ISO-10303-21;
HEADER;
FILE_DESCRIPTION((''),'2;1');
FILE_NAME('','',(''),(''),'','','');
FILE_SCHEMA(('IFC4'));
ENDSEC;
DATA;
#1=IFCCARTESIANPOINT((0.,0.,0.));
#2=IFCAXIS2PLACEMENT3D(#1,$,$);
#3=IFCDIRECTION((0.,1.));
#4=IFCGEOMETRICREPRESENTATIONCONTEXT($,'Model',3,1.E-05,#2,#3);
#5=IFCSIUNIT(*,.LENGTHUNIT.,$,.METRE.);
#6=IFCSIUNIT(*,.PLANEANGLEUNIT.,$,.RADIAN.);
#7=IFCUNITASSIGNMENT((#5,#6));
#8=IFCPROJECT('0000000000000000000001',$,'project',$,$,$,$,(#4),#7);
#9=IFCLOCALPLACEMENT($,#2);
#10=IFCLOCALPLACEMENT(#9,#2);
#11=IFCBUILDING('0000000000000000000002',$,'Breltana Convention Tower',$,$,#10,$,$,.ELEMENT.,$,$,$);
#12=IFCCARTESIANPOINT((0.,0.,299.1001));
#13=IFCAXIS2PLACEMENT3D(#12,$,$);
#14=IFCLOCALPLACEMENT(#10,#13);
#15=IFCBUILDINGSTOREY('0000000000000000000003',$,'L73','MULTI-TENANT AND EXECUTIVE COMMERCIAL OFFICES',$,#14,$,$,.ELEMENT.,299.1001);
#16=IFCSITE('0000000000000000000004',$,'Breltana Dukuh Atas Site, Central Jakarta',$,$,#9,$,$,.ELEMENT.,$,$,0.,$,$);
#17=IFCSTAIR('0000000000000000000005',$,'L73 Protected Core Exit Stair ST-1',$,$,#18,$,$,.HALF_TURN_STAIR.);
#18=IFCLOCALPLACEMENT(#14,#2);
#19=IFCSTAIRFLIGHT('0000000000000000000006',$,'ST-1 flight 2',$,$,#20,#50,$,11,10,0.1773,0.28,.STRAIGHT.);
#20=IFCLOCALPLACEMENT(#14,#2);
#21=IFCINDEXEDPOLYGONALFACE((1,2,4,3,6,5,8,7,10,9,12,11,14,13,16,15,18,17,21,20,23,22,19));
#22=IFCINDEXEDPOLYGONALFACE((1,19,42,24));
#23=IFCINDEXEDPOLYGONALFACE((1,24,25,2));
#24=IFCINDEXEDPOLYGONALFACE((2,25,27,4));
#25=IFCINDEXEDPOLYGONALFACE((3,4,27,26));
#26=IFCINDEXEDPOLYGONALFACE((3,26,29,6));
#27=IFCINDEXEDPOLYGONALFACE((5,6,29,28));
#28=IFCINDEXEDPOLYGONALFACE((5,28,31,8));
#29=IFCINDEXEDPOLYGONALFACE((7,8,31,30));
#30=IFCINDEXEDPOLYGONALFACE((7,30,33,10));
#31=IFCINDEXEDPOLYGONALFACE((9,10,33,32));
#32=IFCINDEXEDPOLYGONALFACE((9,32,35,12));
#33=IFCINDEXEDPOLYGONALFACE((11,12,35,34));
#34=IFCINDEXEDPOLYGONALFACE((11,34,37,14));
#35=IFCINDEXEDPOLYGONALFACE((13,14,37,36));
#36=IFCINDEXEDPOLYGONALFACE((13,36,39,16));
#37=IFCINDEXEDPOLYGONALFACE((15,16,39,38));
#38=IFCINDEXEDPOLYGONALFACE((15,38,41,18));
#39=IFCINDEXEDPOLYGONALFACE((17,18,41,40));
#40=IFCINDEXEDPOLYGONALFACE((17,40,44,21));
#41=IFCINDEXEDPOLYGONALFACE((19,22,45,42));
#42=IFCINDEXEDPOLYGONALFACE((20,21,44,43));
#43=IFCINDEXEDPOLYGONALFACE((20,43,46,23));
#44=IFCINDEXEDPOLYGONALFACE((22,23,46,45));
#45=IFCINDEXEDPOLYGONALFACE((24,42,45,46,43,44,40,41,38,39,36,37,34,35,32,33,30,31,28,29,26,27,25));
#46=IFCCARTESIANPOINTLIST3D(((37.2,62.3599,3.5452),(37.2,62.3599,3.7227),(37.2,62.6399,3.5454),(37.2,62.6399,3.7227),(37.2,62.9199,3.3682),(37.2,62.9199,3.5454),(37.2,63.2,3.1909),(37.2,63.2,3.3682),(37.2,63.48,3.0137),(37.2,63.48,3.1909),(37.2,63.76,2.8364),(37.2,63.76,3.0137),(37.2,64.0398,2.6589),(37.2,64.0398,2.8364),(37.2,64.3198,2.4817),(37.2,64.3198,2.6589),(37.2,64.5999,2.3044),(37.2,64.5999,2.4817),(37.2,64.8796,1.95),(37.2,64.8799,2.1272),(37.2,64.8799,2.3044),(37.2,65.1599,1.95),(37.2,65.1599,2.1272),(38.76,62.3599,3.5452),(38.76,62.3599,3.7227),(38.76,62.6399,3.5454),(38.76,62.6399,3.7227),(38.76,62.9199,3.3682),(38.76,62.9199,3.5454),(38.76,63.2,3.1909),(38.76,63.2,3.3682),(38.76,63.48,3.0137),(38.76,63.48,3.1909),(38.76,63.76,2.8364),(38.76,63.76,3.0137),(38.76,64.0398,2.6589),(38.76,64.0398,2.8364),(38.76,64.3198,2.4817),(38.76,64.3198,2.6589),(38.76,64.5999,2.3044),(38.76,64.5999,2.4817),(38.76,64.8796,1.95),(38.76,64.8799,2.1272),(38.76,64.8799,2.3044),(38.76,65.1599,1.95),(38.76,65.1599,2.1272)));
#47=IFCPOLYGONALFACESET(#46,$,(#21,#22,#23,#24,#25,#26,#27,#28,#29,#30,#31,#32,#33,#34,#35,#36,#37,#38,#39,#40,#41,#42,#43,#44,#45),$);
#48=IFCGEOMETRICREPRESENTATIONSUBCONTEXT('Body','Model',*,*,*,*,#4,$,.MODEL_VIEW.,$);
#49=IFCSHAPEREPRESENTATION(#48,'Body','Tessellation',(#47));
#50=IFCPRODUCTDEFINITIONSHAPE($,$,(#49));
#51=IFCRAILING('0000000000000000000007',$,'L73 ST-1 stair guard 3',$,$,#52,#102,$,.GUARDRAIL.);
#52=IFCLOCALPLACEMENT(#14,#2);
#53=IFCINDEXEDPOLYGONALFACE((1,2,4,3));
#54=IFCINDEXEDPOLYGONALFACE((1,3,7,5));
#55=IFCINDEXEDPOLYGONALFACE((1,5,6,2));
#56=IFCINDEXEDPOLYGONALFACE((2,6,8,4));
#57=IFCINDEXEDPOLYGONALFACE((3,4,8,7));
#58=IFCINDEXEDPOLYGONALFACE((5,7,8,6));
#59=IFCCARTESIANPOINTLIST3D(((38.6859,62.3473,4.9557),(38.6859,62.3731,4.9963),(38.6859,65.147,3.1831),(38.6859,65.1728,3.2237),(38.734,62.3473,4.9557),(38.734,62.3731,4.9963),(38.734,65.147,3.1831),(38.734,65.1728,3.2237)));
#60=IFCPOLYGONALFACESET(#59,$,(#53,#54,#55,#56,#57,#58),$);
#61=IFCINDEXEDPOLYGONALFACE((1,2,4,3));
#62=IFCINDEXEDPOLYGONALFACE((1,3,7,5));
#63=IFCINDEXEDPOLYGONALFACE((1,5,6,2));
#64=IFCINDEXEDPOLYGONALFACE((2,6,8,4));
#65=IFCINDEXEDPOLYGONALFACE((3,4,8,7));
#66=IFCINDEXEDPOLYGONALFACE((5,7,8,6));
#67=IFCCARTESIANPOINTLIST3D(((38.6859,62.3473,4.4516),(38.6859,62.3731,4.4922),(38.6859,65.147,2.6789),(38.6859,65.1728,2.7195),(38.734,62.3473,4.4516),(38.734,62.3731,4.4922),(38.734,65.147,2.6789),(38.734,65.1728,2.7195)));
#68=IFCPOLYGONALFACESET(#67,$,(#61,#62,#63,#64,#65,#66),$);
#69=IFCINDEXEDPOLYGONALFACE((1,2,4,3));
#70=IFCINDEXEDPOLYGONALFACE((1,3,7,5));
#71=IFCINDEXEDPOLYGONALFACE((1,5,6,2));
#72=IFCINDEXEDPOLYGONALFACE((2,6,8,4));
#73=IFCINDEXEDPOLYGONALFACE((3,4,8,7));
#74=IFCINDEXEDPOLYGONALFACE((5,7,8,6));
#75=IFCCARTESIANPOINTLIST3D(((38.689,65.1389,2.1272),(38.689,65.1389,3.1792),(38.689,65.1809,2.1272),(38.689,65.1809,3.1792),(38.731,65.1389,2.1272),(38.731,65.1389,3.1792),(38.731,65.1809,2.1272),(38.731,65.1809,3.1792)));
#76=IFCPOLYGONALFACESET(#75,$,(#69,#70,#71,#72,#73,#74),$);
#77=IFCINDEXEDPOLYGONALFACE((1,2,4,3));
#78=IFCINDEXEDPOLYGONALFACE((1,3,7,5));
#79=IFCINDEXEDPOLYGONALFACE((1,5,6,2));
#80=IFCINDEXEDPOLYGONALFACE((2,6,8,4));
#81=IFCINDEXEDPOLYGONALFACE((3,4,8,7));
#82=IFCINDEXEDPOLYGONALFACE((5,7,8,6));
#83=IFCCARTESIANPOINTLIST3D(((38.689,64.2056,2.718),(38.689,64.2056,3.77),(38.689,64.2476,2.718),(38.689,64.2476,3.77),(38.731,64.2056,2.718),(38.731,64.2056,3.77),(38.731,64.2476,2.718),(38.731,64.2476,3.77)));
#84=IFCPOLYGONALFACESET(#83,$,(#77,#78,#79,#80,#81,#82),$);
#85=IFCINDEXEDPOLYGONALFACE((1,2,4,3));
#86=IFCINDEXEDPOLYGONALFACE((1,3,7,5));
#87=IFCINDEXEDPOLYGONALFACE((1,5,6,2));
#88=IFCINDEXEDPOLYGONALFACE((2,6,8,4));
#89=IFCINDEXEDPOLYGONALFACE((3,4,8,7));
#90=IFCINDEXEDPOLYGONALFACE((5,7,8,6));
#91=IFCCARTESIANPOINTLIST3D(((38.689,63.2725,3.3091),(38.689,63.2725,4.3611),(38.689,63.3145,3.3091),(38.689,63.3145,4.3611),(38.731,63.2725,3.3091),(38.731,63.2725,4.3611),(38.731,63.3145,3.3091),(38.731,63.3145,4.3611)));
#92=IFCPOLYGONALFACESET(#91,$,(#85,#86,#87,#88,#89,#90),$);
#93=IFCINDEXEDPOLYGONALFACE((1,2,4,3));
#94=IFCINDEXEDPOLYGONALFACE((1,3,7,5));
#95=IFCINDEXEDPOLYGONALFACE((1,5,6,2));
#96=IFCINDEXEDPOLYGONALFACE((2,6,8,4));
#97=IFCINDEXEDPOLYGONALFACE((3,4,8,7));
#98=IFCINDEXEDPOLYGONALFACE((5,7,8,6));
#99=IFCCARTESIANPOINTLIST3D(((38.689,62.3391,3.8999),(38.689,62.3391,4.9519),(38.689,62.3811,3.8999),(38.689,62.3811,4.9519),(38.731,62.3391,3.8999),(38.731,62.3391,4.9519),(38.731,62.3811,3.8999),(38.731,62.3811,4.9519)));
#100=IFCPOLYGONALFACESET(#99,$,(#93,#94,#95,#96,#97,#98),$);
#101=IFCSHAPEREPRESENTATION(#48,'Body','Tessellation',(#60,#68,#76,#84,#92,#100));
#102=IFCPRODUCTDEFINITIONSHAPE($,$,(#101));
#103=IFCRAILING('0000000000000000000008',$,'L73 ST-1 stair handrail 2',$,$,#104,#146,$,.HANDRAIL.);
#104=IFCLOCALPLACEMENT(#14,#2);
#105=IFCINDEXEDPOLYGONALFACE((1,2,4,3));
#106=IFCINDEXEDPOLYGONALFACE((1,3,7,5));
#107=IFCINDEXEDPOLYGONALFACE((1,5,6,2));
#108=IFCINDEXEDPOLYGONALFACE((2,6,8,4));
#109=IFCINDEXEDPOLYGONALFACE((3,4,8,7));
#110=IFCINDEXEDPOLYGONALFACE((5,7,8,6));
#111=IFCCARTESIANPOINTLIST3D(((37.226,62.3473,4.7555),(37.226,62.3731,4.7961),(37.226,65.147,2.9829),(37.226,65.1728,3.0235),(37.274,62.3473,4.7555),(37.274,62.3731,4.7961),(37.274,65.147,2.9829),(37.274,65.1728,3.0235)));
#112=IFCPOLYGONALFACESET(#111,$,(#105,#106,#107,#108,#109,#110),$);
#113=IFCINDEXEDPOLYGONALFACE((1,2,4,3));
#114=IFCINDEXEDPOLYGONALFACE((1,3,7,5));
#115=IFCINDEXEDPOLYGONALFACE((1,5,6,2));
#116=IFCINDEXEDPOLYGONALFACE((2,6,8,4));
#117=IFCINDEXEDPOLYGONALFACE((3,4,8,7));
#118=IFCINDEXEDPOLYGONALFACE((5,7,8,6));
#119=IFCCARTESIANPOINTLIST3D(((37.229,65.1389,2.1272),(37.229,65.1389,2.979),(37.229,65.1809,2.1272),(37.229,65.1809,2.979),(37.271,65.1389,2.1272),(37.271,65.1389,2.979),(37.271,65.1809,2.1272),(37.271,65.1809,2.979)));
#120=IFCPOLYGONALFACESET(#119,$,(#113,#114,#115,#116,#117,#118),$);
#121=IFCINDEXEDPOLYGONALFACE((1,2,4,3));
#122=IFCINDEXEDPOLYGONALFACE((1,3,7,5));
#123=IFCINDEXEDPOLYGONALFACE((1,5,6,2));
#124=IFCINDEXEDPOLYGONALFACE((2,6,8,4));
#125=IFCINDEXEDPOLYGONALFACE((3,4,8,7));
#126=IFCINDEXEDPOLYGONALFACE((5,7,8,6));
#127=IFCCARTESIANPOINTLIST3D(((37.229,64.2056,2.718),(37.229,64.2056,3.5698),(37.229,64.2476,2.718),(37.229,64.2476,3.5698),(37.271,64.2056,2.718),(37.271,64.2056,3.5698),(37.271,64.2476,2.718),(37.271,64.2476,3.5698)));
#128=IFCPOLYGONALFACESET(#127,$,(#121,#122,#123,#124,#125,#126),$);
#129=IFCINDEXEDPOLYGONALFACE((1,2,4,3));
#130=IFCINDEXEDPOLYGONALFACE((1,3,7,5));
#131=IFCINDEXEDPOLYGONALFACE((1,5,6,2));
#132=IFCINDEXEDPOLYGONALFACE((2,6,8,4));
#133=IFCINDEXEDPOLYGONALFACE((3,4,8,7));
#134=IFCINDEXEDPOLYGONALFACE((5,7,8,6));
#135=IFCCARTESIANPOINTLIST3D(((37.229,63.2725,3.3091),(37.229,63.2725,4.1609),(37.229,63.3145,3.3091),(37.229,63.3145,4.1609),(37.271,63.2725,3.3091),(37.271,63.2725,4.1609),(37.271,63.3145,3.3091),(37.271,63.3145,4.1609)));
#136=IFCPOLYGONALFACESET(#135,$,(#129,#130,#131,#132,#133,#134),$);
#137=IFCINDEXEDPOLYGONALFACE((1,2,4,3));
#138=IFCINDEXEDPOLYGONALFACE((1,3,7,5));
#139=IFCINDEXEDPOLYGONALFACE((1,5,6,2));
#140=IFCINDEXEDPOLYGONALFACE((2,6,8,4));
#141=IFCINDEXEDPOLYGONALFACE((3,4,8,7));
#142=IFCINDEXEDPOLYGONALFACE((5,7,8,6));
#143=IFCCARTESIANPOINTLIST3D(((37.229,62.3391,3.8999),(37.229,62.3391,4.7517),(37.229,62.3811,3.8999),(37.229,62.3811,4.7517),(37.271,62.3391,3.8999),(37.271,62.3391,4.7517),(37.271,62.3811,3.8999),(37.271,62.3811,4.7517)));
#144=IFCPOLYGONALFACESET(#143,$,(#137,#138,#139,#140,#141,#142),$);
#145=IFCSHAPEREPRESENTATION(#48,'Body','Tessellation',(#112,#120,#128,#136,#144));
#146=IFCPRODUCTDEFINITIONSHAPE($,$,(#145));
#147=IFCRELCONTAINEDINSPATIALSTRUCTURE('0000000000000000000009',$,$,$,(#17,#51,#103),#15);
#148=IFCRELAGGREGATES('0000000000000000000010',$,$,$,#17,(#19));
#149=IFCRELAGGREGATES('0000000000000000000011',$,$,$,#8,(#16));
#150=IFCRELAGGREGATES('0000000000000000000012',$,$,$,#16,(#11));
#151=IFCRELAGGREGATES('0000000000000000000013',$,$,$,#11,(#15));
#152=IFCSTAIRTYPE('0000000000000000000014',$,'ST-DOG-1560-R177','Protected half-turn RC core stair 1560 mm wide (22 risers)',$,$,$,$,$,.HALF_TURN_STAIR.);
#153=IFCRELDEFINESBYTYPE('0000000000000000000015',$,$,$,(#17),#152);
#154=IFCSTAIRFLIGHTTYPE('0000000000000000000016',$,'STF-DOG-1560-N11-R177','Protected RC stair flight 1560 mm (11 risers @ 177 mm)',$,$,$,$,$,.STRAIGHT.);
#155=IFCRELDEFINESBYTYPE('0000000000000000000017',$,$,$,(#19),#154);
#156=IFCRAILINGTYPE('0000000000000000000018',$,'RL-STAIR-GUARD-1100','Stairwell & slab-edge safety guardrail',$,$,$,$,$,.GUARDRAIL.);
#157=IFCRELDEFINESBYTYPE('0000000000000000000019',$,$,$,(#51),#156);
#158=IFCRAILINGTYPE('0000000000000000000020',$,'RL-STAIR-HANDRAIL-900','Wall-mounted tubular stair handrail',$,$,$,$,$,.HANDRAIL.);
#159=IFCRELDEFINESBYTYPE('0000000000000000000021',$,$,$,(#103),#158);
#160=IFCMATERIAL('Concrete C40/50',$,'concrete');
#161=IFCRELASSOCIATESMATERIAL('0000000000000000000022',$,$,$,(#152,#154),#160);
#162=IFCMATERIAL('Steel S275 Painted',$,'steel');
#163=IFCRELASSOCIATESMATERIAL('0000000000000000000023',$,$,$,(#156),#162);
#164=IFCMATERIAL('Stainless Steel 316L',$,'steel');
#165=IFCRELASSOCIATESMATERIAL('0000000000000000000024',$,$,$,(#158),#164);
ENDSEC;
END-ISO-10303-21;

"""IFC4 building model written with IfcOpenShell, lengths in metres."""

from ifc_helpers import new_model, si_unit, direction, frame, origin, origin_2d, place, context, subcontext, project, spatial, polyline, rectangle, outline, extrude, material, type_object, element, aggregate, save


model = new_model("IFC4")

# Units and contexts
model_context = context("Model", 3, precision=1e-05, world=origin(), true_north=direction((0.0, 1.0)))
body_context = subcontext(model_context, "Body", "Model", "MODEL_VIEW")
ifc_project = project(units=[si_unit("LENGTHUNIT", "METRE"), si_unit("PLANEANGLEUNIT", "RADIAN")], contexts=[model_context])

# Site, building, storey
site_placement = place(None, origin())
site = spatial("IfcSite", under=ifc_project, at=site_placement, Name="Breltana Dukuh Atas Site, Central Jakarta", CompositionType="ELEMENT", RefElevation=0.0)
building_placement = place(site_placement, origin())
building = spatial("IfcBuilding", under=site, at=building_placement, Name="Breltana Convention Tower", CompositionType="ELEMENT")
storey_placement = place(building_placement, frame((0.0, 0.0, 299.1001)))
storey = spatial("IfcBuildingStorey", under=building, at=storey_placement, Name="L73", Description="MULTI-TENANT AND EXECUTIVE COMMERCIAL OFFICES", CompositionType="ELEMENT", Elevation=299.1001)

# Stair, stair flight
ifc_material_1 = material(Name="Concrete C40/50", Category="concrete")
stair_type = type_object("IfcStairType", Name="ST-DOG-1560-R177", Description="Protected half-turn RC core stair 1560 mm wide (22 risers)", PredefinedType="HALF_TURN_STAIR", material=ifc_material_1)
stair_placement = place(storey_placement, origin())
stair = element("IfcStair", 1, at=stair_placement, inside=storey, type_object=stair_type, Name="L73 Protected Core Exit Stair ST-1", PredefinedType="HALF_TURN_STAIR")
stair_flight_type = type_object("IfcStairFlightType", Name="STF-DOG-1560-N11-R177", Description="Protected RC stair flight 1560 mm (11 risers @ 177 mm)", PredefinedType="STRAIGHT", material=ifc_material_1)
stair_flight_placement = place(storey_placement, frame((37.98, 65.1599, 1.95), z_axis=(0.0, 0.0, 1.0), x_axis=(0.0, -1.0, 0.0)))
stair_flight = element("IfcStairFlight", 2, at=stair_flight_placement, type_object=stair_flight_type, Name="ST-1 flight 2", NumberOfRisers=11, NumberOfTreads=10, PredefinedType="STRAIGHT", RiserHeight=0.1773, TreadLength=0.28, context=body_context, shape_type="SweptSolid", body=[
    extrude(outline(polyline([(0.0, 0.0), (0.0, 0.1772), (0.28, 0.1772), (0.28, 0.3545), (0.5601, 0.3545), (0.5601, 0.5317), (0.8401, 0.5317), (0.8401, 0.709), (1.1201, 0.709), (1.1201, 0.8865), (1.3999, 0.8865), (1.3999, 1.0637), (1.6799, 1.0637), (1.6799, 1.241), (1.96, 1.241), (1.96, 1.4182), (2.24, 1.4182), (2.24, 1.5955), (2.52, 1.5955), (2.52, 1.7727), (2.8, 1.7727), (2.8, 1.95), (2.8, 1.5952), (0.2803, 0.0), (0.0, 0.0)])), frame((0.0, 0.78, 0.0), z_axis=(0.0, -1.0, 0.0), x_axis=(1.0, 0.0, 0.0)), (0.0, 0.0, 1.0), 1.5601),
])
aggregate(stair, [stair_flight])

# Railings
ifc_material_2 = material(Name="Steel S275 Painted", Category="steel")
railing_type_1 = type_object("IfcRailingType", Name="RL-STAIR-GUARD-1100", Description="Stairwell & slab-edge safety guardrail", PredefinedType="GUARDRAIL", material=ifc_material_2)
railing_1_placement = place(storey_placement, frame((38.71, 65.1599, 2.1272)))
element("IfcRailing", 3, at=railing_1_placement, inside=storey, type_object=railing_type_1, Name="L73 ST-1 stair guard 3", PredefinedType="GUARDRAIL", context=body_context, shape_type="SweptSolid", body=[
    extrude(rectangle(XDim=0.0481, YDim=0.0481, at=origin_2d()), frame((0.0, 0.0, 1.0762), z_axis=(0.0, -0.844888, 0.534943), x_axis=(1.0, 0.0, 0.0)), (0.0, 0.0, 1.0), 3.3137),
    extrude(rectangle(XDim=0.0481, YDim=0.0481, at=origin_2d()), frame((0.0, 0.0, 0.572), z_axis=(0.0, -0.844888, 0.534943), x_axis=(1.0, 0.0, 0.0)), (0.0, 0.0, 1.0), 3.3137),
    extrude(rectangle(XDim=0.042, YDim=0.042, at=origin_2d()), origin(), (0.0, 0.0, 1.0), 1.052),
    extrude(rectangle(XDim=0.042, YDim=0.042, at=origin_2d()), frame((0.0, -0.9333, 0.5908)), (0.0, 0.0, 1.0), 1.052),
    extrude(rectangle(XDim=0.042, YDim=0.042, at=origin_2d()), frame((0.0, -1.8665, 1.1819)), (0.0, 0.0, 1.0), 1.052),
    extrude(rectangle(XDim=0.042, YDim=0.042, at=origin_2d()), frame((0.0, -2.7998, 1.7727)), (0.0, 0.0, 1.0), 1.052),
])
ifc_material_3 = material(Name="Stainless Steel 316L", Category="steel")
railing_type_2 = type_object("IfcRailingType", Name="RL-STAIR-HANDRAIL-900", Description="Wall-mounted tubular stair handrail", PredefinedType="HANDRAIL", material=ifc_material_3)
railing_2_placement = place(storey_placement, frame((37.25, 65.1599, 2.1272)))
element("IfcRailing", 4, at=railing_2_placement, inside=storey, type_object=railing_type_2, Name="L73 ST-1 stair handrail 2", PredefinedType="HANDRAIL", context=body_context, shape_type="SweptSolid", body=[
    extrude(rectangle(XDim=0.0481, YDim=0.0481, at=origin_2d()), frame((0.0, 0.0, 0.876), z_axis=(0.0, -0.844888, 0.534943), x_axis=(1.0, 0.0, 0.0)), (0.0, 0.0, 1.0), 3.3137),
    extrude(rectangle(XDim=0.042, YDim=0.042, at=origin_2d()), origin(), (0.0, 0.0, 1.0), 0.8518),
    extrude(rectangle(XDim=0.042, YDim=0.042, at=origin_2d()), frame((0.0, -0.9333, 0.5908)), (0.0, 0.0, 1.0), 0.8518),
    extrude(rectangle(XDim=0.042, YDim=0.042, at=origin_2d()), frame((0.0, -1.8665, 1.1819)), (0.0, 0.0, 1.0), 0.8518),
    extrude(rectangle(XDim=0.042, YDim=0.042, at=origin_2d()), frame((0.0, -2.7998, 1.7727)), (0.0, 0.0, 1.0), 0.8518),
])

save(model, "model.ifc")
